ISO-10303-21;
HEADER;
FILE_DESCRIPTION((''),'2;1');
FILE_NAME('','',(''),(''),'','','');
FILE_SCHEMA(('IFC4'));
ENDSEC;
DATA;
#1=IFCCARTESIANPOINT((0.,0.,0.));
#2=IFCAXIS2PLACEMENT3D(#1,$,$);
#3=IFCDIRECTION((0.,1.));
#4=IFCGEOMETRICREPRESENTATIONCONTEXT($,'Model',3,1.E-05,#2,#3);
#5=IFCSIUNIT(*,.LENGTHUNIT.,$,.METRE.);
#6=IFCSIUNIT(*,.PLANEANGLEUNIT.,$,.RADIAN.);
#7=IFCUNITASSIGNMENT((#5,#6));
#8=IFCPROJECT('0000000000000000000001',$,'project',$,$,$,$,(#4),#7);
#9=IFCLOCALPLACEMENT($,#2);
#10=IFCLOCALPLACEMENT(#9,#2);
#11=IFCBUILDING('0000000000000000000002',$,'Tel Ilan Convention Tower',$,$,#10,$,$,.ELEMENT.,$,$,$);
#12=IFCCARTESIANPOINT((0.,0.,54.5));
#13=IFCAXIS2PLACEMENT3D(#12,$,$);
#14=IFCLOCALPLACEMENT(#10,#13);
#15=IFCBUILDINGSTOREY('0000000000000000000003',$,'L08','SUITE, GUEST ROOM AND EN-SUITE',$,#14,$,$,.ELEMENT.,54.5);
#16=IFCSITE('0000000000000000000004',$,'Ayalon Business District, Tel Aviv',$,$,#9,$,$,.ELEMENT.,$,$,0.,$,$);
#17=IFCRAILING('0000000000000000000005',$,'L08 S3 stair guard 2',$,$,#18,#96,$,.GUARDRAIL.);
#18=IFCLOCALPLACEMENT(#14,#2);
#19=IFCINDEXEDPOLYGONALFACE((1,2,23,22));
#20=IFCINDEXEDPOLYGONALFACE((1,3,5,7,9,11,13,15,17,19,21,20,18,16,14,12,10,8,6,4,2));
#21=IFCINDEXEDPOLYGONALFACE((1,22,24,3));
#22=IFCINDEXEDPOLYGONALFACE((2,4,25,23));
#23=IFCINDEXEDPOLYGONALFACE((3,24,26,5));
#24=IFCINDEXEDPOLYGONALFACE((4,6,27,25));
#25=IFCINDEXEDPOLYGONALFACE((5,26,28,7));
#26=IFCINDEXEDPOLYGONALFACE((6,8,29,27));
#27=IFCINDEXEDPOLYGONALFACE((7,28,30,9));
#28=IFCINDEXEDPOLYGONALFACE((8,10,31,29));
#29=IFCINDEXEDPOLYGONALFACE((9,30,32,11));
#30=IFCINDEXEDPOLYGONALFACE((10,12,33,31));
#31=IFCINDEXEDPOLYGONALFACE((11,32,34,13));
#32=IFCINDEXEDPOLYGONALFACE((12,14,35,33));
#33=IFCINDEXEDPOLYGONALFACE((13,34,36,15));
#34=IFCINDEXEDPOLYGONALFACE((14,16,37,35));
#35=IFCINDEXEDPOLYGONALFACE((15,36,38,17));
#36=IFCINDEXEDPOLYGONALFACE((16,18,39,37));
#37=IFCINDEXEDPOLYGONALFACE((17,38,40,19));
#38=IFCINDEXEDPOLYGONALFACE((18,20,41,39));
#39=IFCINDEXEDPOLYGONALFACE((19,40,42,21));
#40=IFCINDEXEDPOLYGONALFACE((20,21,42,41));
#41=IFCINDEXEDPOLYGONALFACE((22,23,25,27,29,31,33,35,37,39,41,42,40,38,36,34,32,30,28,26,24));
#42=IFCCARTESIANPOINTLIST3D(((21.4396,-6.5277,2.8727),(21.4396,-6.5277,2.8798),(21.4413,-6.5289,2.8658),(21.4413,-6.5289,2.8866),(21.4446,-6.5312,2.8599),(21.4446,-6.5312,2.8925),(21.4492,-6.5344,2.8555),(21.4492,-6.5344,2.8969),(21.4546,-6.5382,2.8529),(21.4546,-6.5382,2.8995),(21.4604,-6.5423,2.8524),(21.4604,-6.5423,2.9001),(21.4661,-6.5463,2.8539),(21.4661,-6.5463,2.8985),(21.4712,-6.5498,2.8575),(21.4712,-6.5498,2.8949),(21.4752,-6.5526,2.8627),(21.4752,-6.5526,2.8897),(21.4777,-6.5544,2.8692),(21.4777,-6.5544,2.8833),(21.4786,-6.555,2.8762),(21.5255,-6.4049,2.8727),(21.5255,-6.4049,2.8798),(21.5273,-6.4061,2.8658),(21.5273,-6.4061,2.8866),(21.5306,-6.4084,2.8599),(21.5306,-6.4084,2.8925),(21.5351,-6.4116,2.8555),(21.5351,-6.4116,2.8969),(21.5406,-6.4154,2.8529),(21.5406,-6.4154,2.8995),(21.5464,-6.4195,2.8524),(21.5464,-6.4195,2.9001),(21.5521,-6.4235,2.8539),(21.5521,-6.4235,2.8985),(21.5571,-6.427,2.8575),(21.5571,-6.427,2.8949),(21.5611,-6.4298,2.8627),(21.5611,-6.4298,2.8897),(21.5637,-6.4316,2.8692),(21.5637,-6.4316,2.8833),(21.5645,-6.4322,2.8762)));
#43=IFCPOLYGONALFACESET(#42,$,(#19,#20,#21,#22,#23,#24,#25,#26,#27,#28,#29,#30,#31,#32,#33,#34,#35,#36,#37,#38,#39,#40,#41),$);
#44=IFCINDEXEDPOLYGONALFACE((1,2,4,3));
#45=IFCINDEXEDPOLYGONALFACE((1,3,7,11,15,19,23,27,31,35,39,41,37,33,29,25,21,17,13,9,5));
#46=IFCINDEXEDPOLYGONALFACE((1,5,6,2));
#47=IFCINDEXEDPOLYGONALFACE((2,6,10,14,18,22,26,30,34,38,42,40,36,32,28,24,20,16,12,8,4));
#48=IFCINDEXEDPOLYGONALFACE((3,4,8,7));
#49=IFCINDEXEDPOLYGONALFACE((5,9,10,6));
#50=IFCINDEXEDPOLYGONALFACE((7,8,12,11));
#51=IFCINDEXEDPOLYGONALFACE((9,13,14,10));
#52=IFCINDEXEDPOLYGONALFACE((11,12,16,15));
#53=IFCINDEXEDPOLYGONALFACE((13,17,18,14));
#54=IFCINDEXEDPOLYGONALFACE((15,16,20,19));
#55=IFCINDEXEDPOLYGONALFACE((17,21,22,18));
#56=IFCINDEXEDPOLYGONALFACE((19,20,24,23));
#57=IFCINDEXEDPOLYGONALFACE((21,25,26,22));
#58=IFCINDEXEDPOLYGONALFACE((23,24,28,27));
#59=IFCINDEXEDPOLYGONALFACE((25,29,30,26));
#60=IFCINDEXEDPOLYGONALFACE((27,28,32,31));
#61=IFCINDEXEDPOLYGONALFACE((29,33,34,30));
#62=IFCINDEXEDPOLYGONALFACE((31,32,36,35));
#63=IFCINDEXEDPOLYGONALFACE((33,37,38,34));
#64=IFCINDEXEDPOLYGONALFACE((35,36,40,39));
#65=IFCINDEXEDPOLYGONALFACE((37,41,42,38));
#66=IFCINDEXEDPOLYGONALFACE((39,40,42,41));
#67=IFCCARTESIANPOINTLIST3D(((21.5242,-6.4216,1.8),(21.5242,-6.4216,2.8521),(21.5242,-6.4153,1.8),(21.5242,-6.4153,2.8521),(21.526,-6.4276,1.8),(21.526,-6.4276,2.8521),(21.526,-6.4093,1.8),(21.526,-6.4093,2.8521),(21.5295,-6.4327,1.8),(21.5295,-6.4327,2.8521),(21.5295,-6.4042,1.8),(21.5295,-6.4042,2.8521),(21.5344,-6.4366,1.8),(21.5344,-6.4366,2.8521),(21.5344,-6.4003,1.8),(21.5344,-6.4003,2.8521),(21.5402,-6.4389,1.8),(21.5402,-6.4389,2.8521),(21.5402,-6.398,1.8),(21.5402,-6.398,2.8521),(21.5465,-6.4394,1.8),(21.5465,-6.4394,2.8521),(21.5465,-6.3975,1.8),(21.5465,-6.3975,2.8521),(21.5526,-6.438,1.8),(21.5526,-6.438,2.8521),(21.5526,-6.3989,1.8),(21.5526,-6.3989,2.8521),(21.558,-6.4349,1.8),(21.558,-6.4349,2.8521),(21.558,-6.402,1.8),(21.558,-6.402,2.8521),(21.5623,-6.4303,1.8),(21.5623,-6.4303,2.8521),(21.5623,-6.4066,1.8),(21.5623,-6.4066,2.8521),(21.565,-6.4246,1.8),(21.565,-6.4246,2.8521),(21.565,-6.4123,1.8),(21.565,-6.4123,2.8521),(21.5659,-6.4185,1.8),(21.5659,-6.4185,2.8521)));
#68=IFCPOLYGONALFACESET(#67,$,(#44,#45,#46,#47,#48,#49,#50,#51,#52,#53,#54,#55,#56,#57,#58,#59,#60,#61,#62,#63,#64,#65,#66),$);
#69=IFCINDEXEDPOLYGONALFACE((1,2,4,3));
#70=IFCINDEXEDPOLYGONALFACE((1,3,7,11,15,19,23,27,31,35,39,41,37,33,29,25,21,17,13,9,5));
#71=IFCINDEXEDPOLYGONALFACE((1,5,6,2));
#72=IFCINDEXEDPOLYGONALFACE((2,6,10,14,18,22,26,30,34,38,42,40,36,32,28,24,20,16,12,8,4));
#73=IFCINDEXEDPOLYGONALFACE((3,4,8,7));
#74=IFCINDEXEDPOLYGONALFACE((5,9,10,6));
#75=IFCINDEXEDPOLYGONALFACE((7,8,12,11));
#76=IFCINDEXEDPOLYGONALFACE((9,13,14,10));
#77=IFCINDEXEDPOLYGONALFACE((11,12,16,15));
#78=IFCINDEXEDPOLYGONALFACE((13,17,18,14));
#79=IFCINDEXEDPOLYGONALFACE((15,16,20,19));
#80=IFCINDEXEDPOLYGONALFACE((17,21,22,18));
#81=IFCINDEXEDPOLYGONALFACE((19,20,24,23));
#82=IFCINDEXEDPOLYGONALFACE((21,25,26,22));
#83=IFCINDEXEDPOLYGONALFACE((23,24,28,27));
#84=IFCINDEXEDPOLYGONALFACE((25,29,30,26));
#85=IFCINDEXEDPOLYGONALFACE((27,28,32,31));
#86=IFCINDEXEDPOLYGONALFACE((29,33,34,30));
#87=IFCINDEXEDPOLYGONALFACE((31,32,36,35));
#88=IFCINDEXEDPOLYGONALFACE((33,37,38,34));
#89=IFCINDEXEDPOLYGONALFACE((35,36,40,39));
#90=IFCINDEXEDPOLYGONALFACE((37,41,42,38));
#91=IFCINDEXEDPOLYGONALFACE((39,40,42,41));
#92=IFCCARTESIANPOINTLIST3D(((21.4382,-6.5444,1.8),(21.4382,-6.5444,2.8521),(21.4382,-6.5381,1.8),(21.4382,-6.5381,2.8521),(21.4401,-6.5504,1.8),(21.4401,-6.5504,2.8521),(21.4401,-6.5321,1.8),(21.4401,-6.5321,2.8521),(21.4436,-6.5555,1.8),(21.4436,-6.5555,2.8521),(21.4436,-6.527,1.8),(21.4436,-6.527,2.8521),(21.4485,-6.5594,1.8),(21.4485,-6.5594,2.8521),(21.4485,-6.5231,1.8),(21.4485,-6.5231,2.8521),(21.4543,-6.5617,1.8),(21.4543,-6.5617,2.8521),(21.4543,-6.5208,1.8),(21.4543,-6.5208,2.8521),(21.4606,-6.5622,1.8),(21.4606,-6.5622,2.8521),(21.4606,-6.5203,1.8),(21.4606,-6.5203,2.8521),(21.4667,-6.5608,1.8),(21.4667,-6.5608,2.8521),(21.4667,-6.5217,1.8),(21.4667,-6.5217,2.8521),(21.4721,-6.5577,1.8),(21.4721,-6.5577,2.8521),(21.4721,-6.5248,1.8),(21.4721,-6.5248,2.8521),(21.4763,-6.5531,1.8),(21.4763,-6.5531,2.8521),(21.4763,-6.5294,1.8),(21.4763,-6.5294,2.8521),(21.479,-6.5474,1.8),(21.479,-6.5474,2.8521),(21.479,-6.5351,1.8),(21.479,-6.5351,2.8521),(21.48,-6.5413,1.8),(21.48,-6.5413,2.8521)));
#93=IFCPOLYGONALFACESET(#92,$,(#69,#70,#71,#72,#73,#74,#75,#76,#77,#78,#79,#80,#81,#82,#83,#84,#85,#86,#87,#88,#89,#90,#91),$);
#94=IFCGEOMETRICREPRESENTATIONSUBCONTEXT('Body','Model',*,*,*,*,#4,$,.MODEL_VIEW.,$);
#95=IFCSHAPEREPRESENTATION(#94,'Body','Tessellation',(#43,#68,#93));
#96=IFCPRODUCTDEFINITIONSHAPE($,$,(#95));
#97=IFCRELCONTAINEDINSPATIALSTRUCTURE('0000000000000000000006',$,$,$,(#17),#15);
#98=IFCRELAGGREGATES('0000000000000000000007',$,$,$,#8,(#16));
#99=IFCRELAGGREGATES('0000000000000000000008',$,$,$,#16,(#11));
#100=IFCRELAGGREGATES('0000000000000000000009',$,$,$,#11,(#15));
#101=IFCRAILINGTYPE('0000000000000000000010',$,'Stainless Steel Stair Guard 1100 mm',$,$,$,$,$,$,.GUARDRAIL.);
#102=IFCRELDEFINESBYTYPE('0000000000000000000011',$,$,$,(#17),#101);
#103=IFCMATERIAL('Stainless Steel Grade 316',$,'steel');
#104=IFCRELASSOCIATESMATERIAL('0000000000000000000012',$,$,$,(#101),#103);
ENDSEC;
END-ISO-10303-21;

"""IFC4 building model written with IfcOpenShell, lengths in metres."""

from ifc_helpers import new_model, si_unit, direction, frame, origin, origin_2d, place, context, subcontext, project, spatial, circle, extrude, material, type_object, element, save


model = new_model("IFC4")

# Units and contexts
model_context = context("Model", 3, precision=1e-05, world=origin(), true_north=direction((0.0, 1.0)))
body_context = subcontext(model_context, "Body", "Model", "MODEL_VIEW")
ifc_project = project(units=[si_unit("LENGTHUNIT", "METRE"), si_unit("PLANEANGLEUNIT", "RADIAN")], contexts=[model_context])

# Site, building, storey
site_placement = place(None, origin())
site = spatial("IfcSite", under=ifc_project, at=site_placement, Name="Ayalon Business District, Tel Aviv", CompositionType="ELEMENT", RefElevation=0.0)
building_placement = place(site_placement, origin())
building = spatial("IfcBuilding", under=site, at=building_placement, Name="Tel Ilan Convention Tower", CompositionType="ELEMENT")
storey_placement = place(building_placement, frame((0.0, 0.0, 54.5)))
storey = spatial("IfcBuildingStorey", under=building, at=storey_placement, Name="L08", Description="SUITE, GUEST ROOM AND EN-SUITE", CompositionType="ELEMENT", Elevation=54.5)

# Railing
ifc_material_1 = material(Name="Stainless Steel Grade 316", Category="steel")
railing_type_1 = type_object("IfcRailingType", Name="Stainless Steel Stair Guard 1100 mm", PredefinedType="GUARDRAIL", material=ifc_material_1)
railing_1_placement = place(storey_placement, frame((21.5449, -6.4185, 1.8)))
element("IfcRailing", 1, at=railing_1_placement, inside=storey, type_object=railing_type_1, Name="L08 S3 stair guard 2", PredefinedType="GUARDRAIL", context=body_context, shape_type="SweptSolid", body=[
    extrude(circle(Radius=0.0239, at=origin_2d()), frame((0.0, 0.0, 1.0762), z_axis=(-0.573353, -0.819308, 0.0), x_axis=(0.819308, -0.573353, 0.0)), (0.0, 0.0, 1.0), 0.1499),
    extrude(circle(Radius=0.021, at=origin_2d()), origin(), (0.0, 0.0, 1.0), 1.052),
    extrude(circle(Radius=0.021, at=origin_2d()), frame((-0.0859, -0.1228, 0.0)), (0.0, 0.0, 1.0), 1.052),
])

save(model, "model.ifc")
